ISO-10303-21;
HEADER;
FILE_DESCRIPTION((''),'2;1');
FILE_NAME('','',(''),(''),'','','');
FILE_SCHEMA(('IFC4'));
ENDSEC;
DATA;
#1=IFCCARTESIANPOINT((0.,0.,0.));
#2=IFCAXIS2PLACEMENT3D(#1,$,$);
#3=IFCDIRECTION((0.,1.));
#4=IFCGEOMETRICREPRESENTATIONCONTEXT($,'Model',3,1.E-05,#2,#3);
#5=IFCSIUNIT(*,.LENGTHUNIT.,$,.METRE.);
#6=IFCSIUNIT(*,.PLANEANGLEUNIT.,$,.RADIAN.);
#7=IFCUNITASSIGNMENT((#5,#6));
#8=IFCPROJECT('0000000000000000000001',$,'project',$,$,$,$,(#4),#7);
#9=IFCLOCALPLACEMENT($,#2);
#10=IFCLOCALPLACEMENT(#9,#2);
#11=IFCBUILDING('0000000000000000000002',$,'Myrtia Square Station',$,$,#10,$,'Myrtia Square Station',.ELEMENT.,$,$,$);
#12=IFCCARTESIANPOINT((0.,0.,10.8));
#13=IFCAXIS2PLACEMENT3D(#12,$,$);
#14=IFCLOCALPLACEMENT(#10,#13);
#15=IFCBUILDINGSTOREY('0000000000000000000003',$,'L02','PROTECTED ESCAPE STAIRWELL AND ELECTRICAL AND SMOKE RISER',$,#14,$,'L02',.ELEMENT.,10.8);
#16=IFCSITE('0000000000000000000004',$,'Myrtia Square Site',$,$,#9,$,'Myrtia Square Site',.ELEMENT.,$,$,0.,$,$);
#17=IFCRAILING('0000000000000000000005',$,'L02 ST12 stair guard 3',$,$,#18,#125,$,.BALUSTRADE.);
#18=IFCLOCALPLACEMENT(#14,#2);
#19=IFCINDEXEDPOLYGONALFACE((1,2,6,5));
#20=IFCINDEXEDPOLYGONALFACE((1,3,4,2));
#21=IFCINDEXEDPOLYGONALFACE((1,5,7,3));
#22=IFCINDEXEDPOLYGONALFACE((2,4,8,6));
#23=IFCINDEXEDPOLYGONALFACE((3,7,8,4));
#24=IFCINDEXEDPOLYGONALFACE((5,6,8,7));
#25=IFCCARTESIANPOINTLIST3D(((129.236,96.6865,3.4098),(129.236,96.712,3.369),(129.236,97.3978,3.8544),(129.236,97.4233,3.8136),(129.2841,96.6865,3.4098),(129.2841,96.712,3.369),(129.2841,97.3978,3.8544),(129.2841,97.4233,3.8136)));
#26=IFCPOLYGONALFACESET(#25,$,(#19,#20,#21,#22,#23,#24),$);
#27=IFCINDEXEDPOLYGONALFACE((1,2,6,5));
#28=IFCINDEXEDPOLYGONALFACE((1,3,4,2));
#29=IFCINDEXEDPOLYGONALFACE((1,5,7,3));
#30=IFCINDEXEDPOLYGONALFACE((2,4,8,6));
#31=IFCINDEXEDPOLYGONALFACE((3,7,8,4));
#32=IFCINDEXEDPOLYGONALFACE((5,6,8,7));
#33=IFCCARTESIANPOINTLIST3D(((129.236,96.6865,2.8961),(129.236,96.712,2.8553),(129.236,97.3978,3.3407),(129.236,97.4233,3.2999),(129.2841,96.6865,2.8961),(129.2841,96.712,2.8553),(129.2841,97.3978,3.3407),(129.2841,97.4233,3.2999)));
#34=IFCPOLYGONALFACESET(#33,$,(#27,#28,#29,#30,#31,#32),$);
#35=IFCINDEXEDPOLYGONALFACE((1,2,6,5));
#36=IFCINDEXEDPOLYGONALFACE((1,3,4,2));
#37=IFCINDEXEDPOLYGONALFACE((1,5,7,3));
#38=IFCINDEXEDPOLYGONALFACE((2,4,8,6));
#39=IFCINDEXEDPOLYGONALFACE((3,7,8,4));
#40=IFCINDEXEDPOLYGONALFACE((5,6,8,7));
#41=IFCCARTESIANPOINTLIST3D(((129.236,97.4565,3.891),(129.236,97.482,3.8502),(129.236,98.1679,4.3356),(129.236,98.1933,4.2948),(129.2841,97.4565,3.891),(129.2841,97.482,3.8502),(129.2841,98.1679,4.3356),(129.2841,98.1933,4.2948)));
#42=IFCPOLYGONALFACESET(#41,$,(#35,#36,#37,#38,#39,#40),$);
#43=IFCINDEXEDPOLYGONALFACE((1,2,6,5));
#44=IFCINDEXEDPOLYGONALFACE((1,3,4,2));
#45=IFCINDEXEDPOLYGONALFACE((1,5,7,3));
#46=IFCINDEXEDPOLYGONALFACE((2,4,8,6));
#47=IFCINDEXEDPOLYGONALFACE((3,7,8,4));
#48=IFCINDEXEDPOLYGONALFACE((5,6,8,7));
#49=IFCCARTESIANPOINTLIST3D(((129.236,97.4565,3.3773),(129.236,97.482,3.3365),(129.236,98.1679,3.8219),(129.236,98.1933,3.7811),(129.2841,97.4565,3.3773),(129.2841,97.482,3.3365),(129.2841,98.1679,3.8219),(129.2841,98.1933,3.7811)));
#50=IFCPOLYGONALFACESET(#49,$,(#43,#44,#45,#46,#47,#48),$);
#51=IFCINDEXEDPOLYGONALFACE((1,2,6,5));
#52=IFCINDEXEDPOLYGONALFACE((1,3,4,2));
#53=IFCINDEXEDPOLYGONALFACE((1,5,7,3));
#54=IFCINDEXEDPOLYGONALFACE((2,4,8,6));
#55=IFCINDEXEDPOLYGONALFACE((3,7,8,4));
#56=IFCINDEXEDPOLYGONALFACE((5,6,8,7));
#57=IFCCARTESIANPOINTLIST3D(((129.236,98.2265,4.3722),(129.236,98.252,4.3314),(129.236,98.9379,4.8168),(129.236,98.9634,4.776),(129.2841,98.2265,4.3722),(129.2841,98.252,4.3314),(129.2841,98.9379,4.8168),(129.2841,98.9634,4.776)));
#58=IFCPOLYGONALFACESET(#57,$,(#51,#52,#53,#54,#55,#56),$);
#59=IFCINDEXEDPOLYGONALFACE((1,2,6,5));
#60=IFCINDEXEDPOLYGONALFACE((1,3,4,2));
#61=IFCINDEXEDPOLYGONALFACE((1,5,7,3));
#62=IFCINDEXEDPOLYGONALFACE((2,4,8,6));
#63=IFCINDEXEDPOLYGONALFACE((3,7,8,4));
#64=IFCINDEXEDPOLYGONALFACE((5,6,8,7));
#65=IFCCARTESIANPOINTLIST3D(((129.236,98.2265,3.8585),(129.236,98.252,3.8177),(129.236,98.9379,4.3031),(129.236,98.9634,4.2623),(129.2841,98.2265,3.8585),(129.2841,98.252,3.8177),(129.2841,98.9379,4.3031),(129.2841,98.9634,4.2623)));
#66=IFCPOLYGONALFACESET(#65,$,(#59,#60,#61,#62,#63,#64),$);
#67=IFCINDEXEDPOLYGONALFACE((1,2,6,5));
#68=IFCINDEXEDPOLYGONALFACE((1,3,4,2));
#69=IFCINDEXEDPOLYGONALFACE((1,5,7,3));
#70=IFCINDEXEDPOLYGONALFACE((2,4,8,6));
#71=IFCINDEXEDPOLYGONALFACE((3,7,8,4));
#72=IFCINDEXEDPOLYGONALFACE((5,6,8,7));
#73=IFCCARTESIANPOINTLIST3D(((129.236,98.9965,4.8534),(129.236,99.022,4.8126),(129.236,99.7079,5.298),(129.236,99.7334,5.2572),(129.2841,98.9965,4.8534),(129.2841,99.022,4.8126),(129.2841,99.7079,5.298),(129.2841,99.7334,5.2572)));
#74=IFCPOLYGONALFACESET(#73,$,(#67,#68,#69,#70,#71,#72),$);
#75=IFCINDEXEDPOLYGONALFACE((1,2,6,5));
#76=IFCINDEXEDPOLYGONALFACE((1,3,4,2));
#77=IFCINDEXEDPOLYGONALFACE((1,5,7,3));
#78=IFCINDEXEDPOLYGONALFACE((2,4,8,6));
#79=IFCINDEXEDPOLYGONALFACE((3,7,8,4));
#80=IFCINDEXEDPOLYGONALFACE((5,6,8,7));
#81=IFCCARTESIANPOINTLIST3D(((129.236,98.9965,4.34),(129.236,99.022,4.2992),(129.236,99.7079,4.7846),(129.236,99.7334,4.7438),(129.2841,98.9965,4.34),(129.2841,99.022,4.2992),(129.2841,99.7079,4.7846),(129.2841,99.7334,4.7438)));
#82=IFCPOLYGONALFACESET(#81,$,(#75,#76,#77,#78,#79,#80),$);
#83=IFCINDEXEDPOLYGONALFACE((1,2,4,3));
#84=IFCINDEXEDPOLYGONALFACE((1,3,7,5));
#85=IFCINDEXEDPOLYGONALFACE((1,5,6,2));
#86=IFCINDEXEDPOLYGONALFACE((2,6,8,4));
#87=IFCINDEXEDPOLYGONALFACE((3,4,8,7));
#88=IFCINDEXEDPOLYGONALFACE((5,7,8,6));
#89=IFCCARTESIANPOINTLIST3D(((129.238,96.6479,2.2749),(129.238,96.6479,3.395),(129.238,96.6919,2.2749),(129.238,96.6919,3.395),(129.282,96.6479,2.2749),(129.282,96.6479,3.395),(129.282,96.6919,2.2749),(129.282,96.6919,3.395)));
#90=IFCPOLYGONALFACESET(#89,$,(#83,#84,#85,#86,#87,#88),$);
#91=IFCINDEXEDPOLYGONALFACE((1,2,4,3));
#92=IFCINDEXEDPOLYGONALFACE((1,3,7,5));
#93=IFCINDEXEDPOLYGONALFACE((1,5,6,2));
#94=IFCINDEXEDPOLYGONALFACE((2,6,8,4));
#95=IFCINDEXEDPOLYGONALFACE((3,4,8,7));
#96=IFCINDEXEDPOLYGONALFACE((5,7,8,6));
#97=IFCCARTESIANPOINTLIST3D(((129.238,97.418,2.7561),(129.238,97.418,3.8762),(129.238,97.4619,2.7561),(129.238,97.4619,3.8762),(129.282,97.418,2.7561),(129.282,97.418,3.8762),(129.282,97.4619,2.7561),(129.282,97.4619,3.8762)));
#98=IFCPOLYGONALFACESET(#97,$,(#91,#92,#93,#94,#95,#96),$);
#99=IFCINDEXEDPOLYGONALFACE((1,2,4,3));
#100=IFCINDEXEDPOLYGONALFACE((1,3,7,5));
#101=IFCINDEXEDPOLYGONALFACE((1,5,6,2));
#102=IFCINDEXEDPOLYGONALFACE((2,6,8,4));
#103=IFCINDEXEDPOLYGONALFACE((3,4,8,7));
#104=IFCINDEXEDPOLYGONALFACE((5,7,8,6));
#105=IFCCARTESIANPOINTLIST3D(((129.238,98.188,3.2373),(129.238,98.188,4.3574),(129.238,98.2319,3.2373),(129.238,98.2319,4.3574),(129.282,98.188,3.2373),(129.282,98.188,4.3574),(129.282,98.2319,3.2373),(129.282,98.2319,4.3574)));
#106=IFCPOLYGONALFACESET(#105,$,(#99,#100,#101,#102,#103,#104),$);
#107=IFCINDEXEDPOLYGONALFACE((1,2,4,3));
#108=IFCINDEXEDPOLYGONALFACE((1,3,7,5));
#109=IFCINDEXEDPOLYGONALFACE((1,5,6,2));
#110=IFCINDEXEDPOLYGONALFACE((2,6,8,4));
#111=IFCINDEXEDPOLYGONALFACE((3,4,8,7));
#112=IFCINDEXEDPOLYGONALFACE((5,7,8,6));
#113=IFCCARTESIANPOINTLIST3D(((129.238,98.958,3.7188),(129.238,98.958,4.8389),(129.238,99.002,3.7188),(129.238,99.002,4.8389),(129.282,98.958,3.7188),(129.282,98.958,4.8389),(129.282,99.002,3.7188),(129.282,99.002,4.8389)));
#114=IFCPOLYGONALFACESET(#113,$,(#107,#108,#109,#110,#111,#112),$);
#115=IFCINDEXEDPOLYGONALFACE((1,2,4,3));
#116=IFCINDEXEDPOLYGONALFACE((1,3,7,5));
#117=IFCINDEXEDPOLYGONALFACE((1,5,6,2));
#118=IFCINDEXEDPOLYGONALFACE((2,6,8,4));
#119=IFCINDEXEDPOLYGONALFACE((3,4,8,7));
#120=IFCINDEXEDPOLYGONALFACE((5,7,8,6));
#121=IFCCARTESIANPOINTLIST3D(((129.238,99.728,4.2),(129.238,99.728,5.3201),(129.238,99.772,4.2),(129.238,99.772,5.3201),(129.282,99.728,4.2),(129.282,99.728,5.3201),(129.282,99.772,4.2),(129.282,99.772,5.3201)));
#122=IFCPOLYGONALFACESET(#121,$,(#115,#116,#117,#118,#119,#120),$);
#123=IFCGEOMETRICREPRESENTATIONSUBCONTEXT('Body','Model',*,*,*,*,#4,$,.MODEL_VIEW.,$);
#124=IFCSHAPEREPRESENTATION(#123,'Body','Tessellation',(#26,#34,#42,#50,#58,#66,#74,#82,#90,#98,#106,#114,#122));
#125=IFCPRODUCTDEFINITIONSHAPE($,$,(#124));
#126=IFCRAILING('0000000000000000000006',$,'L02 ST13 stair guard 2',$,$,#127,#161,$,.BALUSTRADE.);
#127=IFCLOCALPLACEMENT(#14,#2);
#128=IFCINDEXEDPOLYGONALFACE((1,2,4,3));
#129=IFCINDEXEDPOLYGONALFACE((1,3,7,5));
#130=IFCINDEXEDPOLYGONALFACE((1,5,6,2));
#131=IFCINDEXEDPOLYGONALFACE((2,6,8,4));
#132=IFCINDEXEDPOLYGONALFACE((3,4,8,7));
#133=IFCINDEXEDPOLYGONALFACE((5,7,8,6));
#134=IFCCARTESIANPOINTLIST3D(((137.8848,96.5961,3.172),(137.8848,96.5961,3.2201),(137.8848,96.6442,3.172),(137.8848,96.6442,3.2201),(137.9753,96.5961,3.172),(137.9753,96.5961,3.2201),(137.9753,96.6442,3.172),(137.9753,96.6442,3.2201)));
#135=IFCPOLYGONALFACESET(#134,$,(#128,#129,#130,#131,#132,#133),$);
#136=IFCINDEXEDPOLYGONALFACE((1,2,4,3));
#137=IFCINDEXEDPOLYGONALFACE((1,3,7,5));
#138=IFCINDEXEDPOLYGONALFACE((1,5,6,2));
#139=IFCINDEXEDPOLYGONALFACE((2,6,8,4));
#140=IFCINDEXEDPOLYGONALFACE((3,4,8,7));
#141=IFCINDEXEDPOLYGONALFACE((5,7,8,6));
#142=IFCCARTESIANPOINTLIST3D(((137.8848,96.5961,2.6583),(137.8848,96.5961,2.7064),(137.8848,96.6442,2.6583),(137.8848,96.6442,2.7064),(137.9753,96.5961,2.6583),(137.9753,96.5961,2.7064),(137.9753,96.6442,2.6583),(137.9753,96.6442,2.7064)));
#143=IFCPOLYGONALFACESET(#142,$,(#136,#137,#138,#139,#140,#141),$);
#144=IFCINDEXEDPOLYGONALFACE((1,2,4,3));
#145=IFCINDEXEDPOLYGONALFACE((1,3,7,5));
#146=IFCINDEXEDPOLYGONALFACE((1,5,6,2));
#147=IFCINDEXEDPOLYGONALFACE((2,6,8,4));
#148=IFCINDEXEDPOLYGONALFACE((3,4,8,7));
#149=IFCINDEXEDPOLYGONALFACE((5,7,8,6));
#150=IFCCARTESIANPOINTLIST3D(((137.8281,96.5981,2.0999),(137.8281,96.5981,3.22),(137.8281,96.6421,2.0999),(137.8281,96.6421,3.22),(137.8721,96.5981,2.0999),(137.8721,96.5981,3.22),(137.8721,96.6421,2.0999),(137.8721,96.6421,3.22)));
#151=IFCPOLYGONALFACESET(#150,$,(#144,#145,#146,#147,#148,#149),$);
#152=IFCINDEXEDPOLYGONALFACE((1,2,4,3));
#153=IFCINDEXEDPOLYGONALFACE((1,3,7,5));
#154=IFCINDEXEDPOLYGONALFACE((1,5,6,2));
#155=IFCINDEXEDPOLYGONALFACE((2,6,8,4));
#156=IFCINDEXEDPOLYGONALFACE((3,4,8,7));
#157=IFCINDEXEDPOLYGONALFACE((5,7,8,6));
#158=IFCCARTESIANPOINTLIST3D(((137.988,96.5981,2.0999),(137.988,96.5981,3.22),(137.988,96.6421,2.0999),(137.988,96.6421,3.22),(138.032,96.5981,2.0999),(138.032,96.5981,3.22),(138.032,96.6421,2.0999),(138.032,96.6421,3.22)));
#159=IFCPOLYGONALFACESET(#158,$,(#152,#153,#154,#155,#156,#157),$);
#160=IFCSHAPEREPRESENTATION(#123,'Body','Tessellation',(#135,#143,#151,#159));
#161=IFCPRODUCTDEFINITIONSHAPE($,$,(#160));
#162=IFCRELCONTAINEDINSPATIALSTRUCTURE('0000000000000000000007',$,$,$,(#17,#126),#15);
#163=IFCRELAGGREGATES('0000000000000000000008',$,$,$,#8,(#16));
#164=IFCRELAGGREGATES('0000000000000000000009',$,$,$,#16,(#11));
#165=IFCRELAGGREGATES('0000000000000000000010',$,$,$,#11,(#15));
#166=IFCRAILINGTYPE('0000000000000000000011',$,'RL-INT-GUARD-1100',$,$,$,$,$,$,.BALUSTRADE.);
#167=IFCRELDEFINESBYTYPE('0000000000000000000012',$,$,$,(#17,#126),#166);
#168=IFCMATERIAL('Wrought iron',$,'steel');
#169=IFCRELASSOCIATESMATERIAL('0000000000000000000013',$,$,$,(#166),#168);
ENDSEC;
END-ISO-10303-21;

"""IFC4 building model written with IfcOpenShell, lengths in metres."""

from ifc_helpers import new_model, si_unit, direction, frame, origin, origin_2d, place, context, subcontext, project, spatial, rectangle, extrude, material, type_object, element, save


model = new_model("IFC4")

# Units and contexts
model_context = context("Model", 3, precision=1e-05, world=origin(), true_north=direction((0.0, 1.0)))
body_context = subcontext(model_context, "Body", "Model", "MODEL_VIEW")
ifc_project = project(units=[si_unit("LENGTHUNIT", "METRE"), si_unit("PLANEANGLEUNIT", "RADIAN")], contexts=[model_context])

# Site, building, storey
site_placement = place(None, origin())
site = spatial("IfcSite", under=ifc_project, at=site_placement, Name="Myrtia Square Site", LongName="Myrtia Square Site", CompositionType="ELEMENT", RefElevation=0.0)
building_placement = place(site_placement, origin())
building = spatial("IfcBuilding", under=site, at=building_placement, Name="Myrtia Square Station", LongName="Myrtia Square Station", CompositionType="ELEMENT")
storey_placement = place(building_placement, frame((0.0, 0.0, 10.8)))
storey = spatial("IfcBuildingStorey", under=building, at=storey_placement, Name="L02", Description="PROTECTED ESCAPE STAIRWELL AND ELECTRICAL AND SMOKE RISER", LongName="L02", CompositionType="ELEMENT", Elevation=10.8)

# Railings
ifc_material_1 = material(Name="Wrought iron", Category="steel")
railing_type_1 = type_object("IfcRailingType", Name="RL-INT-GUARD-1100", PredefinedType="BALUSTRADE", material=ifc_material_1)
railing_1_placement = place(storey_placement, frame((129.26, 96.6699, 2.2749)))
element("IfcRailing", 1, at=railing_1_placement, inside=storey, type_object=railing_type_1, Name="L02 ST12 stair guard 3", PredefinedType="BALUSTRADE", context=body_context, shape_type="SweptSolid", body=[
    extrude(rectangle(XDim=0.0481, YDim=0.0481, at=origin_2d()), frame((0.0, 0.0293, 1.1145), z_axis=(0.0, 0.847998, 0.529999), x_axis=(-1.0, 0.0, 0.0)), (0.0, 0.0, 1.0), 0.8389),
    extrude(rectangle(XDim=0.0481, YDim=0.0481, at=origin_2d()), frame((0.0, 0.0293, 0.6008), z_axis=(0.0, 0.847998, 0.529999), x_axis=(-1.0, 0.0, 0.0)), (0.0, 0.0, 1.0), 0.8389),
    extrude(rectangle(XDim=0.0481, YDim=0.0481, at=origin_2d()), frame((0.0, 0.7993, 1.5957), z_axis=(0.0, 0.847998, 0.529999), x_axis=(-1.0, 0.0, 0.0)), (0.0, 0.0, 1.0), 0.8389),
    extrude(rectangle(XDim=0.0481, YDim=0.0481, at=origin_2d()), frame((0.0, 0.7993, 1.082), z_axis=(0.0, 0.847998, 0.529999), x_axis=(-1.0, 0.0, 0.0)), (0.0, 0.0, 1.0), 0.8389),
    extrude(rectangle(XDim=0.0481, YDim=0.0481, at=origin_2d()), frame((0.0, 1.5693, 2.0769), z_axis=(0.0, 0.847998, 0.529999), x_axis=(-1.0, 0.0, 0.0)), (0.0, 0.0, 1.0), 0.8389),
    extrude(rectangle(XDim=0.0481, YDim=0.0481, at=origin_2d()), frame((0.0, 1.5693, 1.5632), z_axis=(0.0, 0.847998, 0.529999), x_axis=(-1.0, 0.0, 0.0)), (0.0, 0.0, 1.0), 0.8389),
    extrude(rectangle(XDim=0.0481, YDim=0.0481, at=origin_2d()), frame((0.0, 2.3394, 2.5581), z_axis=(0.0, 0.847998, 0.529999), x_axis=(-1.0, 0.0, 0.0)), (0.0, 0.0, 1.0), 0.8389),
    extrude(rectangle(XDim=0.0481, YDim=0.0481, at=origin_2d()), frame((0.0, 2.3394, 2.0447), z_axis=(0.0, 0.847998, 0.529999), x_axis=(-1.0, 0.0, 0.0)), (0.0, 0.0, 1.0), 0.8389),
    extrude(rectangle(XDim=0.0439, YDim=0.0439, at=origin_2d()), origin(), (0.0, 0.0, 1.0), 1.1201),
    extrude(rectangle(XDim=0.0439, YDim=0.0439, at=origin_2d()), frame((0.0, 0.77, 0.4812)), (0.0, 0.0, 1.0), 1.1201),
    extrude(rectangle(XDim=0.0439, YDim=0.0439, at=origin_2d()), frame((0.0, 1.54, 0.9624)), (0.0, 0.0, 1.0), 1.1201),
    extrude(rectangle(XDim=0.0439, YDim=0.0439, at=origin_2d()), frame((0.0, 2.3101, 1.4438)), (0.0, 0.0, 1.0), 1.1201),
    extrude(rectangle(XDim=0.0439, YDim=0.0439, at=origin_2d()), frame((0.0, 3.0801, 1.925)), (0.0, 0.0, 1.0), 1.1201),
])
railing_2_placement = place(storey_placement, frame((137.8501, 96.6201, 2.0999)))
element("IfcRailing", 2, at=railing_2_placement, inside=storey, type_object=railing_type_1, Name="L02 ST13 stair guard 2", PredefinedType="BALUSTRADE", context=body_context, shape_type="SweptSolid", body=[
    extrude(rectangle(XDim=0.0481, YDim=0.0481, at=origin_2d()), frame((0.0347, 0.0, 1.0962), z_axis=(1.0, 0.0, 0.0), x_axis=(0.0, 1.0, 0.0)), (0.0, 0.0, 1.0), 0.0906),
    extrude(rectangle(XDim=0.0481, YDim=0.0481, at=origin_2d()), frame((0.0347, 0.0, 0.5825), z_axis=(1.0, 0.0, 0.0), x_axis=(0.0, 1.0, 0.0)), (0.0, 0.0, 1.0), 0.0906),
    extrude(rectangle(XDim=0.0439, YDim=0.0439, at=origin_2d()), origin(), (0.0, 0.0, 1.0), 1.1201),
    extrude(rectangle(XDim=0.0439, YDim=0.0439, at=origin_2d()), frame((0.1599, 0.0, 0.0)), (0.0, 0.0, 1.0), 1.1201),
])

save(model, "model.ifc")
